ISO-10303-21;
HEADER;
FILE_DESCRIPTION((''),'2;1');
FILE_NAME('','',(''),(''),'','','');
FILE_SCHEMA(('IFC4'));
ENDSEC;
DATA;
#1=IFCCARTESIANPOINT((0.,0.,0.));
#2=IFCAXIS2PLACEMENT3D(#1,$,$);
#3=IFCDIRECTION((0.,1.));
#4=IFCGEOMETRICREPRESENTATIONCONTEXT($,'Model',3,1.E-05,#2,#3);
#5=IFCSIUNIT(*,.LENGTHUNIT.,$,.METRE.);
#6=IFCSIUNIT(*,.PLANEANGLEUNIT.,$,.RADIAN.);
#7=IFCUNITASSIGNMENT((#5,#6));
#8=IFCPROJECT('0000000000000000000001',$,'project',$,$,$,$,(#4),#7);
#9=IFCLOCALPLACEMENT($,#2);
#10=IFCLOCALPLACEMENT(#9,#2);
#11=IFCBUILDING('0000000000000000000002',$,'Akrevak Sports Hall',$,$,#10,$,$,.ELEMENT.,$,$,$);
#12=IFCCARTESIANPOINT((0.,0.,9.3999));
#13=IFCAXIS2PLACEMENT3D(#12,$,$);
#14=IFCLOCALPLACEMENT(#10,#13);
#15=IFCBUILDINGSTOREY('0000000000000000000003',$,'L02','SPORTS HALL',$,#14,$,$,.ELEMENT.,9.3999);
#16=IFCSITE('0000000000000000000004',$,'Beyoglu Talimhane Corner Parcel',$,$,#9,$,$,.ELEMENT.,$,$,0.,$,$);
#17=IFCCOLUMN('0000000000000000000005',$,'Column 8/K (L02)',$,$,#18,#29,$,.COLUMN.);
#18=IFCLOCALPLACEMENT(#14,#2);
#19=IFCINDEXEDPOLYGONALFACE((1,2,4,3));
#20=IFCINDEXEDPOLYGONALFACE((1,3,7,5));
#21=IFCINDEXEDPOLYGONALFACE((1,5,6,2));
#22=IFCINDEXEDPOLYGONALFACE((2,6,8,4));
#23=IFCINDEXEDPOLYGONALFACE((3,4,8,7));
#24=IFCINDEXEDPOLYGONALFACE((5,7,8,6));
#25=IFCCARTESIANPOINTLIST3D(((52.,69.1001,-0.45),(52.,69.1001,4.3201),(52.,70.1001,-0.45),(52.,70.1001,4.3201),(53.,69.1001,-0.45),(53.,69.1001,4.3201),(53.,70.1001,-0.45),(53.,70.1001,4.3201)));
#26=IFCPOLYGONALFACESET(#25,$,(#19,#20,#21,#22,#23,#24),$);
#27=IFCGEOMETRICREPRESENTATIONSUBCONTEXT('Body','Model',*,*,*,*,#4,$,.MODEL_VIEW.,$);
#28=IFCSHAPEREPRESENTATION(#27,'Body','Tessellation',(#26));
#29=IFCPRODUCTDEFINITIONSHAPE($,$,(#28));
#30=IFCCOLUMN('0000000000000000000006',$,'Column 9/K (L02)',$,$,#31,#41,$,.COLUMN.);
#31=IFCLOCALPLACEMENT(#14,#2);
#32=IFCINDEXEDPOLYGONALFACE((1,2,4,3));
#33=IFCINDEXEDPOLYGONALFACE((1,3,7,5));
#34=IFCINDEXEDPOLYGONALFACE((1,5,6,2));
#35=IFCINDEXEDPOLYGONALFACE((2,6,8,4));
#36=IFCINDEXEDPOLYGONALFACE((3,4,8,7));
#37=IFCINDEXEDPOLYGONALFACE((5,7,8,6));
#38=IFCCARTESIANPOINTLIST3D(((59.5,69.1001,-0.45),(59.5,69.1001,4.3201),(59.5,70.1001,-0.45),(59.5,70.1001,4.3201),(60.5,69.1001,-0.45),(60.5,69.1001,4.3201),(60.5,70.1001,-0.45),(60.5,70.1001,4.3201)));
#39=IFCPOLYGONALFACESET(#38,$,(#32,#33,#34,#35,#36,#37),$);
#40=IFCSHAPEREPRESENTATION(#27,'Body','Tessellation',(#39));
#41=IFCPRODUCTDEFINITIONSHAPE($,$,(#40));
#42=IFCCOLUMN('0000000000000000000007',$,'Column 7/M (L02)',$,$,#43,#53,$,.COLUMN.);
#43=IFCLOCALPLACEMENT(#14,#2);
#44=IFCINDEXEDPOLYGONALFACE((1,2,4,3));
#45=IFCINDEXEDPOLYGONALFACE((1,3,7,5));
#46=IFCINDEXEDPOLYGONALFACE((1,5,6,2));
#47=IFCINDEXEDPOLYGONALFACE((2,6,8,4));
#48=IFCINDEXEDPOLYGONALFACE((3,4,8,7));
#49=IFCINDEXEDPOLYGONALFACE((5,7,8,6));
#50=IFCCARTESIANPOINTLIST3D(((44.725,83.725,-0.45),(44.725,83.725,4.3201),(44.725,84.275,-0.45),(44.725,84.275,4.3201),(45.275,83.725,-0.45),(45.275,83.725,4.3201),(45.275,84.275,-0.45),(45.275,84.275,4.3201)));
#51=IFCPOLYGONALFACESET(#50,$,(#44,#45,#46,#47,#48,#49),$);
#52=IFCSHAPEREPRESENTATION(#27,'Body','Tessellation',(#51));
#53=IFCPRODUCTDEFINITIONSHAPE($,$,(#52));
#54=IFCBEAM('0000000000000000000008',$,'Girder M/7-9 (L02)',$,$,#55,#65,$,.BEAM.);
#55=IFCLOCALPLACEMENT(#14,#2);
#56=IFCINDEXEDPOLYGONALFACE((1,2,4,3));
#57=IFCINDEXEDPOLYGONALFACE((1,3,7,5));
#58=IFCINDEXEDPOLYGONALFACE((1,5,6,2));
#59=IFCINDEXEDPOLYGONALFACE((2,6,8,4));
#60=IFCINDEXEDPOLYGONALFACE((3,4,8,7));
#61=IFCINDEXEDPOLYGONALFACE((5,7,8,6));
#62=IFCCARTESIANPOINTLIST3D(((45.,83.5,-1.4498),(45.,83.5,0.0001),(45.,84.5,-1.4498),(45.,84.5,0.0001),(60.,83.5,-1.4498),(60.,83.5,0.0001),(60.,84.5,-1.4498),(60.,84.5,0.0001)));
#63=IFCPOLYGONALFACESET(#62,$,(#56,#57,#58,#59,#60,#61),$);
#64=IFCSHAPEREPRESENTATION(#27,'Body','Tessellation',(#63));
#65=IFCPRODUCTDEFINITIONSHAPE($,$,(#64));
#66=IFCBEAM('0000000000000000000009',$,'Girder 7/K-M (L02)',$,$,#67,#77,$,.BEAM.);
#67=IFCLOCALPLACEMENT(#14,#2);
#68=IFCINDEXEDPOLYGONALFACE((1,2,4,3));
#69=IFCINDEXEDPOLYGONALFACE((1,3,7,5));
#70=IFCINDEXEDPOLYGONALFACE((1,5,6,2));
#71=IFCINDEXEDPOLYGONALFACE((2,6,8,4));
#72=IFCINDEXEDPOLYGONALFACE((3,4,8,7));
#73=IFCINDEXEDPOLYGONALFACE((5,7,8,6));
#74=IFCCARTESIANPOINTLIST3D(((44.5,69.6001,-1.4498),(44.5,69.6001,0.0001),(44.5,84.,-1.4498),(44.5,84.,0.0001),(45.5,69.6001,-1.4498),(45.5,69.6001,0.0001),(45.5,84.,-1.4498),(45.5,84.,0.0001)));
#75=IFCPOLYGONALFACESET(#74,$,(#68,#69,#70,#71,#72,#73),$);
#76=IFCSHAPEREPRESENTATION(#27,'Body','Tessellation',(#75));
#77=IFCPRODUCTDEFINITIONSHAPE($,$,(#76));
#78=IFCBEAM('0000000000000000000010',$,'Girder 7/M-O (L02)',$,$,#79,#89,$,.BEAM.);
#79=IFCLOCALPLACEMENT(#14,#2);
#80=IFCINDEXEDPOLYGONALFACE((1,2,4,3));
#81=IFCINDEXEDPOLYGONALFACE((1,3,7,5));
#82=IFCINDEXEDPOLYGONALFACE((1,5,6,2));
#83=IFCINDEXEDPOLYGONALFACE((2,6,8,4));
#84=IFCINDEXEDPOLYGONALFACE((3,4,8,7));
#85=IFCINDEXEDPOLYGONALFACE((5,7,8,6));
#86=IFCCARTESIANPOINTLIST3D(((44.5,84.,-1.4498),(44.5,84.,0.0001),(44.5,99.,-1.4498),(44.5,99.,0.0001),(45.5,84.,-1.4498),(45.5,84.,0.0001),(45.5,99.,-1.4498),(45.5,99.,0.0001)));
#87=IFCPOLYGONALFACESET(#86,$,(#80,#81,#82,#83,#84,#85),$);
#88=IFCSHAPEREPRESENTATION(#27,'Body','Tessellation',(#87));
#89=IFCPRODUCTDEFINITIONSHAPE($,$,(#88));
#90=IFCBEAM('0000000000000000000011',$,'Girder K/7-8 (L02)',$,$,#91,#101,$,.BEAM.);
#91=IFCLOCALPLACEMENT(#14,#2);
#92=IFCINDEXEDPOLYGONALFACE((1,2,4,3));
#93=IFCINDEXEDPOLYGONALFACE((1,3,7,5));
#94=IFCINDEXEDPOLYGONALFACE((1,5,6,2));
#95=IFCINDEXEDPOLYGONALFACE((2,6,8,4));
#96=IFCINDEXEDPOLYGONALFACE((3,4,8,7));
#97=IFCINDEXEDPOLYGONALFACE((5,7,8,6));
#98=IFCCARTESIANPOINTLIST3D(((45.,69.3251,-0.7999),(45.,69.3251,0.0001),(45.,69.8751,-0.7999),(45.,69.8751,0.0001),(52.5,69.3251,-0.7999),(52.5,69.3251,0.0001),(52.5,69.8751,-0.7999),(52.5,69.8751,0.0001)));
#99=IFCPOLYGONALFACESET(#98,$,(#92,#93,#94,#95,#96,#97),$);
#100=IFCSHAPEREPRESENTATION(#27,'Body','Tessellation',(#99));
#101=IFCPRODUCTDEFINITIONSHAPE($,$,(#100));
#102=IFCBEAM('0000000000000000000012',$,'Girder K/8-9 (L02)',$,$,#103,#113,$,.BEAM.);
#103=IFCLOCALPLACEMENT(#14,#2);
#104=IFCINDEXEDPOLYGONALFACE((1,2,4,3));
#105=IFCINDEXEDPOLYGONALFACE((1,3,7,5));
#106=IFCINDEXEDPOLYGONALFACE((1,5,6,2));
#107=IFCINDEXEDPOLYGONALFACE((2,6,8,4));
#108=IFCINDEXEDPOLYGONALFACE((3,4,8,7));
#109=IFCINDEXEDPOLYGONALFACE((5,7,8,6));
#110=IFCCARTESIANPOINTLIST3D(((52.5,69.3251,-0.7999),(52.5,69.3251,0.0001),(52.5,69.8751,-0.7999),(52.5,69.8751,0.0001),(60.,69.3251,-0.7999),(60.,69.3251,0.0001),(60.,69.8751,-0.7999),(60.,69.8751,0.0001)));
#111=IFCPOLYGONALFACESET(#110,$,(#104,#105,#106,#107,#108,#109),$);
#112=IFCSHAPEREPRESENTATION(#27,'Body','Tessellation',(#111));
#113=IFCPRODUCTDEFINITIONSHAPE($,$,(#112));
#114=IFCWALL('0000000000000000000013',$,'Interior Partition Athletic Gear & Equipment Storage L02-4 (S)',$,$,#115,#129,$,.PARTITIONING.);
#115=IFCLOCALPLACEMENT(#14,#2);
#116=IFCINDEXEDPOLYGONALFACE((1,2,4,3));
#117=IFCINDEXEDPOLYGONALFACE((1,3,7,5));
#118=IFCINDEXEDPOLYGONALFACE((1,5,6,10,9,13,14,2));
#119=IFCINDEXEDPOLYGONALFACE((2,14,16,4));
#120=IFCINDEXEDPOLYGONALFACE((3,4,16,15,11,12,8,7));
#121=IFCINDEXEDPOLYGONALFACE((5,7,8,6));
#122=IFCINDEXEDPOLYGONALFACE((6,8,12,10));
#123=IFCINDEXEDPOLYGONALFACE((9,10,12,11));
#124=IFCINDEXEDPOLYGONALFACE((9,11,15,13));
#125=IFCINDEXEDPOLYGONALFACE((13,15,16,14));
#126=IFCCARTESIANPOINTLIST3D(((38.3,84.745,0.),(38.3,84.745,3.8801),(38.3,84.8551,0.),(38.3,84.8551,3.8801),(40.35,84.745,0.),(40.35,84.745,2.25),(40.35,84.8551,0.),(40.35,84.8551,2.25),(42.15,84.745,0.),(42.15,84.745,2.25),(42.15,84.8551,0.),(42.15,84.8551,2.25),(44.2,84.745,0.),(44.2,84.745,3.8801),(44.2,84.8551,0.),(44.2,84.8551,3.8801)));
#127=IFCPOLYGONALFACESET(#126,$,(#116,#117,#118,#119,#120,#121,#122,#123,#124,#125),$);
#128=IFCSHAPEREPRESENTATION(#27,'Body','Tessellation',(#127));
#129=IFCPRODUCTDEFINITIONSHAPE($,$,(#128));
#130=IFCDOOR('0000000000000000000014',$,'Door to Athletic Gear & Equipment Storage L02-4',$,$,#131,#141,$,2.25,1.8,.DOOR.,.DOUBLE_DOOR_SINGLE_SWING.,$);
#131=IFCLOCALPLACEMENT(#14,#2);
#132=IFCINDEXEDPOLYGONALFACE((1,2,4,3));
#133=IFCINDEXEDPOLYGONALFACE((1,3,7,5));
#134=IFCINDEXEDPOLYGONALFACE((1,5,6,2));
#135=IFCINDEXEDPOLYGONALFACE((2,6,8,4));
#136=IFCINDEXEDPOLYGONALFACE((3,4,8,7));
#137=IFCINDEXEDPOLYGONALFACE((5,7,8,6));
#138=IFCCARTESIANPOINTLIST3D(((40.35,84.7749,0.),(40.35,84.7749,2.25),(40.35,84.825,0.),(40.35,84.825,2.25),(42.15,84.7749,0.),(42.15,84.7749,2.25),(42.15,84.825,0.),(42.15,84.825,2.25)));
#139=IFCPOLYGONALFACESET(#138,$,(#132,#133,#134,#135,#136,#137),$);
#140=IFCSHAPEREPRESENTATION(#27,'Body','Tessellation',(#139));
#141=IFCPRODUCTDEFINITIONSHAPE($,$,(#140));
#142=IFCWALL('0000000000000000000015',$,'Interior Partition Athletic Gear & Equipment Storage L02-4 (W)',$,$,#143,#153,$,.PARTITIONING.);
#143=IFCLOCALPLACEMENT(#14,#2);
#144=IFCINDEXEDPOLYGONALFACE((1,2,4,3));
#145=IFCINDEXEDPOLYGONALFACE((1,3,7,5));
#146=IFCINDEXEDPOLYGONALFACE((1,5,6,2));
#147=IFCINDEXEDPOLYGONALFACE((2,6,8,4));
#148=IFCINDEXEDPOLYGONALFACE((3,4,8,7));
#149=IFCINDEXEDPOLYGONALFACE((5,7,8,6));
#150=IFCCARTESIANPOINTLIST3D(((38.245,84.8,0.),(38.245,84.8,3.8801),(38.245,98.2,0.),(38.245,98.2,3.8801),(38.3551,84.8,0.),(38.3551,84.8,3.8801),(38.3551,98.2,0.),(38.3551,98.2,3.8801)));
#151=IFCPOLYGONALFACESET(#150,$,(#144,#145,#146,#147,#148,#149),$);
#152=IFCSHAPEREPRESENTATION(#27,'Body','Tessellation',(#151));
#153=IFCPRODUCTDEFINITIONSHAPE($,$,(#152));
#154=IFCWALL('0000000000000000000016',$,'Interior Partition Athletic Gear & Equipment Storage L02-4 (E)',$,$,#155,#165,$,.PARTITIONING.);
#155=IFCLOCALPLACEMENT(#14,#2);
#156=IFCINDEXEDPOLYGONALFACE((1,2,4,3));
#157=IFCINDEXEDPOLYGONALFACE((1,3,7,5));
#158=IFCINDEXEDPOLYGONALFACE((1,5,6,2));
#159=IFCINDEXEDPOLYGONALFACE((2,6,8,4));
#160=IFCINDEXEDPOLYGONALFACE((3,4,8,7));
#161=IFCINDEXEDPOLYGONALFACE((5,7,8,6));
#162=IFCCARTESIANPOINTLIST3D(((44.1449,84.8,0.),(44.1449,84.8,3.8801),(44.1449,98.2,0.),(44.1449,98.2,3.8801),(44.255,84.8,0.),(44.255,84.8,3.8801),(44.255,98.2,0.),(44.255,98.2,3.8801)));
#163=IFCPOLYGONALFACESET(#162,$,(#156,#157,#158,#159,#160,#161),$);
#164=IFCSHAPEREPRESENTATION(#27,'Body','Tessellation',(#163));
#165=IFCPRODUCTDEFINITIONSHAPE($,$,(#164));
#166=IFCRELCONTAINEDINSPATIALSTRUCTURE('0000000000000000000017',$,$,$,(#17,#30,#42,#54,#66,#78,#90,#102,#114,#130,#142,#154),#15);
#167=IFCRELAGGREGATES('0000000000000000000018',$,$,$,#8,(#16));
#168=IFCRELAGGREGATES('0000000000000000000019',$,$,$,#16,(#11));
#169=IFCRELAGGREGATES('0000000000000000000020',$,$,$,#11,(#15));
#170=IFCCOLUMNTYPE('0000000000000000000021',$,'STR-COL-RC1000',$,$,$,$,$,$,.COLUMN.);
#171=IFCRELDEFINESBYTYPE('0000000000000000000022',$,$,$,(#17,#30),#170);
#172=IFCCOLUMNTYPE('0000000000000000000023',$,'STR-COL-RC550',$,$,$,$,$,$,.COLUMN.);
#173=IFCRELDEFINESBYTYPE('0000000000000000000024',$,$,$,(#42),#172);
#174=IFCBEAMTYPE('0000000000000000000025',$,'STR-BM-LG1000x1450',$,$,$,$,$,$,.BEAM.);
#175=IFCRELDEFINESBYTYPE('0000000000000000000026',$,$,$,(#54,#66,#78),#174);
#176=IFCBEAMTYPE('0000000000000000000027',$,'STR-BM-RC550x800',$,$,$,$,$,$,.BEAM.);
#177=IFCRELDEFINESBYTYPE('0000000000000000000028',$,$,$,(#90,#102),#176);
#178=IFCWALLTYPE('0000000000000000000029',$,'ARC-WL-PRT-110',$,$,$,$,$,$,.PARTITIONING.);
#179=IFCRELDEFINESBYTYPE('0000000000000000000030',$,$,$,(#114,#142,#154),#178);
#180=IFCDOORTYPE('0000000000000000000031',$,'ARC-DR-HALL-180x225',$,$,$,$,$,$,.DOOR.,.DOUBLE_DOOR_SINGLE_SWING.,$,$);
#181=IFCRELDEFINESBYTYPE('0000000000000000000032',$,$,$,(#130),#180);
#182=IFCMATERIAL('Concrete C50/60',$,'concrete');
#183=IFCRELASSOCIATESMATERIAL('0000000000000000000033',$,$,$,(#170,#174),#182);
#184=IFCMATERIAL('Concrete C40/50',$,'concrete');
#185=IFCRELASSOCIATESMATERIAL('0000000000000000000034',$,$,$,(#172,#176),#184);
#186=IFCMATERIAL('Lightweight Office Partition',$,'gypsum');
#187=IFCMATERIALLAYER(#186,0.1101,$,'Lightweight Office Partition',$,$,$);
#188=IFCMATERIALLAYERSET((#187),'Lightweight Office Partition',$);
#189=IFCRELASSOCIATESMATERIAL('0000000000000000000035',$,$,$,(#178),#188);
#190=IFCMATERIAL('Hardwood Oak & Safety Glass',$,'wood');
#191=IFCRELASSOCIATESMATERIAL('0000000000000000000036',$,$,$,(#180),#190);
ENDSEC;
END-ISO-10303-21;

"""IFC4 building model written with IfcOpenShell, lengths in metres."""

from ifc_helpers import new_model, si_unit, direction, frame, frame_2d, origin, origin_2d, place, context, subcontext, project, spatial, rectangle, extrude, material, layer, layer_set, material_profile, profile_set, type_object, element, fill, save


model = new_model("IFC4")

# Units and contexts
model_context = context("Model", 3, precision=1e-05, world=origin(), true_north=direction((0.0, 1.0)))
body_context = subcontext(model_context, "Body", "Model", "MODEL_VIEW")
ifc_project = project(units=[si_unit("LENGTHUNIT", "METRE"), si_unit("PLANEANGLEUNIT", "RADIAN")], contexts=[model_context])

# Site, building, storey
site_placement = place(None, origin())
site = spatial("IfcSite", under=ifc_project, at=site_placement, Name="Beyoglu Talimhane Corner Parcel", CompositionType="ELEMENT", RefElevation=0.0)
building_placement = place(site_placement, origin())
building = spatial("IfcBuilding", under=site, at=building_placement, Name="Akrevak Sports Hall", CompositionType="ELEMENT")
storey_placement = place(building_placement, frame((0.0, 0.0, 9.3999)))
storey = spatial("IfcBuildingStorey", under=building, at=storey_placement, Name="L02", Description="SPORTS HALL", CompositionType="ELEMENT", Elevation=9.3999)

# Columns
ifc_material_1 = material(Name="Concrete C50/60", Category="concrete")
ifc_material_profile_1 = material_profile(ifc_material_1, rectangle(XDim=1.0, YDim=1.0, at=origin_2d()), Name="RC 1000x1000", Category="concrete")
ifc_profile_set_1 = profile_set([ifc_material_profile_1], Name="Concrete C50/60")
column_type_1 = type_object("IfcColumnType", Name="STR-COL-RC1000", PredefinedType="COLUMN", material=ifc_profile_set_1)
for number, where, z_axis, x_axis, name in (
    (1, (52.5, 69.6001, -0.45), (0.0, 0.0, 1.0), (1.0, 0.0, 0.0), "Column 8/K (L02)"),
    (2, (60.0, 69.6001, -0.45), (0.0, 0.0, 1.0), (1.0, 0.0, 0.0), "Column 9/K (L02)"),
):
    element("IfcColumn", number, at=place(storey_placement, frame(where, z_axis=z_axis, x_axis=x_axis)), inside=storey, type_object=column_type_1, Name=name, PredefinedType="COLUMN", context=body_context, shape_type="SweptSolid", body=[
        extrude(rectangle(XDim=1.0, YDim=1.0, at=origin_2d()), origin(), (0.0, 0.0, 1.0), 4.77),
    ])
ifc_material_2 = material(Name="Concrete C40/50", Category="concrete")
ifc_material_profile_2 = material_profile(ifc_material_2, rectangle(XDim=0.55, YDim=0.55, at=origin_2d()), Name="RC 550x550", Category="concrete")
ifc_profile_set_2 = profile_set([ifc_material_profile_2], Name="Concrete C40/50")
column_type_2 = type_object("IfcColumnType", Name="STR-COL-RC550", PredefinedType="COLUMN", material=ifc_profile_set_2)
column_placement = place(storey_placement, frame((45.0, 84.0, -0.45), z_axis=(0.0, 0.0, 1.0), x_axis=(1.0, 0.0, 0.0)))
element("IfcColumn", 3, at=column_placement, inside=storey, type_object=column_type_2, Name="Column 7/M (L02)", PredefinedType="COLUMN", context=body_context, shape_type="SweptSolid", body=[
    extrude(rectangle(XDim=0.55, YDim=0.55, at=origin_2d()), origin(), (0.0, 0.0, 1.0), 4.77),
])

# Beams
ifc_material_profile_3 = material_profile(ifc_material_1, rectangle(XDim=1.0, YDim=1.45, at=origin_2d()), Name="BM 1000x1450", Category="concrete")
ifc_profile_set_3 = profile_set([ifc_material_profile_3], Name="Concrete C50/60")
beam_type_1 = type_object("IfcBeamType", Name="STR-BM-LG1000x1450", PredefinedType="BEAM", material=ifc_profile_set_3)
beam_1_placement = place(storey_placement, frame((45.0, 84.0, -0.7249), z_axis=(1.0, 0.0, 0.0), x_axis=(0.0, 1.0, 0.0)))
element("IfcBeam", 4, at=beam_1_placement, inside=storey, type_object=beam_type_1, Name="Girder M/7-9 (L02)", PredefinedType="BEAM", context=body_context, shape_type="SweptSolid", body=[
    extrude(rectangle(XDim=1.0, YDim=1.45, at=origin_2d()), origin(), (0.0, 0.0, 1.0), 15.0),
])
beam_2_placement = place(storey_placement, frame((45.0, 69.6001, -0.7249), z_axis=(0.0, 1.0, 0.0), x_axis=(-1.0, 0.0, 0.0)))
element("IfcBeam", 5, at=beam_2_placement, inside=storey, type_object=beam_type_1, Name="Girder 7/K-M (L02)", PredefinedType="BEAM", context=body_context, shape_type="SweptSolid", body=[
    extrude(rectangle(XDim=1.0, YDim=1.45, at=origin_2d()), origin(), (0.0, 0.0, 1.0), 14.3999),
])
beam_3_placement = place(storey_placement, frame((45.0, 84.0, -0.7249), z_axis=(0.0, 1.0, 0.0), x_axis=(-1.0, 0.0, 0.0)))
element("IfcBeam", 6, at=beam_3_placement, inside=storey, type_object=beam_type_1, Name="Girder 7/M-O (L02)", PredefinedType="BEAM", context=body_context, shape_type="SweptSolid", body=[
    extrude(rectangle(XDim=1.0, YDim=1.45, at=origin_2d()), origin(), (0.0, 0.0, 1.0), 15.0),
])
ifc_material_profile_4 = material_profile(ifc_material_2, rectangle(XDim=0.55, YDim=0.8, at=origin_2d()), Name="BM 550x800", Category="concrete")
ifc_profile_set_4 = profile_set([ifc_material_profile_4], Name="Concrete C40/50")
beam_type_2 = type_object("IfcBeamType", Name="STR-BM-RC550x800", PredefinedType="BEAM", material=ifc_profile_set_4)
for number, where, z_axis, x_axis, name in (
    (7, (45.0, 69.6001, -0.3999), (1.0, 0.0, 0.0), (0.0, 1.0, 0.0), "Girder K/7-8 (L02)"),
    (8, (52.5, 69.6001, -0.3999), (1.0, 0.0, 0.0), (0.0, 1.0, 0.0), "Girder K/8-9 (L02)"),
):
    element("IfcBeam", number, at=place(storey_placement, frame(where, z_axis=z_axis, x_axis=x_axis)), inside=storey, type_object=beam_type_2, Name=name, PredefinedType="BEAM", context=body_context, shape_type="SweptSolid", body=[
        extrude(rectangle(XDim=0.55, YDim=0.8, at=origin_2d()), origin(), (0.0, 0.0, 1.0), 7.5),
    ])

# Wall, opening, door
ifc_material_3 = material(Name="Lightweight Office Partition", Category="gypsum")
ifc_layer_1 = layer(ifc_material_3, 0.1101, Name="Lightweight Office Partition")
ifc_layer_set_1 = layer_set([ifc_layer_1], Name="Lightweight Office Partition")
wall_type_1 = type_object("IfcWallType", Name="ARC-WL-PRT-110", PredefinedType="PARTITIONING", material=ifc_layer_set_1)
wall_1_placement = place(storey_placement, frame((38.3, 84.8, 0.0), z_axis=(0.0, 0.0, 1.0), x_axis=(1.0, 0.0, 0.0)))
wall_1 = element("IfcWall", 9, at=wall_1_placement, inside=storey, type_object=wall_type_1, Name="Interior Partition Athletic Gear & Equipment Storage L02-4 (S)", PredefinedType="PARTITIONING", context=body_context, shape_type="SweptSolid", body=[
    extrude(rectangle(XDim=5.8999, YDim=0.1101, at=frame_2d((2.95, 0.0))), origin(), (0.0, 0.0, 1.0), 3.8801),
])
opening_1_placement = place(wall_1_placement, frame((2.05, 0.0, 0.0)))
opening_1 = element("IfcOpeningElement", 10, at=opening_1_placement, cuts=wall_1, PredefinedType="OPENING", context=body_context, shape_type="SweptSolid", body=[
    extrude(rectangle(XDim=1.8, YDim=2.25, at=frame_2d((0.8999, 1.125))), frame((0.0, 0.0669, 0.0), z_axis=(0.0, -1.0, 0.0), x_axis=(1.0, 0.0, 0.0)), (0.0, 0.0, 1.0), 0.134),
])
ifc_material_4 = material(Name="Hardwood Oak & Safety Glass", Category="wood")
door_type_1 = type_object("IfcDoorType", Name="ARC-DR-HALL-180x225", OperationType="DOUBLE_DOOR_SINGLE_SWING", PredefinedType="DOOR", material=ifc_material_4)
door_1_placement = place(opening_1_placement, origin())
door_1 = element("IfcDoor", 11, at=door_1_placement, inside=storey, type_object=door_type_1, Name="Door to Athletic Gear & Equipment Storage L02-4", OperationType="DOUBLE_DOOR_SINGLE_SWING", OverallHeight=2.25, OverallWidth=1.8, PredefinedType="DOOR", context=body_context, shape_type="SweptSolid", body=[
    extrude(rectangle(XDim=1.8, YDim=2.25, at=frame_2d((0.8999, 1.125))), frame((0.0, 0.0249, 0.0), z_axis=(0.0, -1.0, 0.0), x_axis=(1.0, 0.0, 0.0)), (0.0, 0.0, 1.0), 0.05),
])
fill(opening_1, door_1)

# Walls
for number, where, z_axis, x_axis, name in (
    (12, (38.3, 84.8, 0.0), (0.0, 0.0, 1.0), (0.0, 1.0, 0.0), "Interior Partition Athletic Gear & Equipment Storage L02-4 (W)"),
    (13, (44.2, 84.8, 0.0), (0.0, 0.0, 1.0), (0.0, 1.0, 0.0), "Interior Partition Athletic Gear & Equipment Storage L02-4 (E)"),
):
    element("IfcWall", number, at=place(storey_placement, frame(where, z_axis=z_axis, x_axis=x_axis)), inside=storey, type_object=wall_type_1, Name=name, PredefinedType="PARTITIONING", context=body_context, shape_type="SweptSolid", body=[
        extrude(rectangle(XDim=13.3999, YDim=0.1101, at=frame_2d((6.7, 0.0))), origin(), (0.0, 0.0, 1.0), 3.8801),
    ])

save(model, "model.ifc")
